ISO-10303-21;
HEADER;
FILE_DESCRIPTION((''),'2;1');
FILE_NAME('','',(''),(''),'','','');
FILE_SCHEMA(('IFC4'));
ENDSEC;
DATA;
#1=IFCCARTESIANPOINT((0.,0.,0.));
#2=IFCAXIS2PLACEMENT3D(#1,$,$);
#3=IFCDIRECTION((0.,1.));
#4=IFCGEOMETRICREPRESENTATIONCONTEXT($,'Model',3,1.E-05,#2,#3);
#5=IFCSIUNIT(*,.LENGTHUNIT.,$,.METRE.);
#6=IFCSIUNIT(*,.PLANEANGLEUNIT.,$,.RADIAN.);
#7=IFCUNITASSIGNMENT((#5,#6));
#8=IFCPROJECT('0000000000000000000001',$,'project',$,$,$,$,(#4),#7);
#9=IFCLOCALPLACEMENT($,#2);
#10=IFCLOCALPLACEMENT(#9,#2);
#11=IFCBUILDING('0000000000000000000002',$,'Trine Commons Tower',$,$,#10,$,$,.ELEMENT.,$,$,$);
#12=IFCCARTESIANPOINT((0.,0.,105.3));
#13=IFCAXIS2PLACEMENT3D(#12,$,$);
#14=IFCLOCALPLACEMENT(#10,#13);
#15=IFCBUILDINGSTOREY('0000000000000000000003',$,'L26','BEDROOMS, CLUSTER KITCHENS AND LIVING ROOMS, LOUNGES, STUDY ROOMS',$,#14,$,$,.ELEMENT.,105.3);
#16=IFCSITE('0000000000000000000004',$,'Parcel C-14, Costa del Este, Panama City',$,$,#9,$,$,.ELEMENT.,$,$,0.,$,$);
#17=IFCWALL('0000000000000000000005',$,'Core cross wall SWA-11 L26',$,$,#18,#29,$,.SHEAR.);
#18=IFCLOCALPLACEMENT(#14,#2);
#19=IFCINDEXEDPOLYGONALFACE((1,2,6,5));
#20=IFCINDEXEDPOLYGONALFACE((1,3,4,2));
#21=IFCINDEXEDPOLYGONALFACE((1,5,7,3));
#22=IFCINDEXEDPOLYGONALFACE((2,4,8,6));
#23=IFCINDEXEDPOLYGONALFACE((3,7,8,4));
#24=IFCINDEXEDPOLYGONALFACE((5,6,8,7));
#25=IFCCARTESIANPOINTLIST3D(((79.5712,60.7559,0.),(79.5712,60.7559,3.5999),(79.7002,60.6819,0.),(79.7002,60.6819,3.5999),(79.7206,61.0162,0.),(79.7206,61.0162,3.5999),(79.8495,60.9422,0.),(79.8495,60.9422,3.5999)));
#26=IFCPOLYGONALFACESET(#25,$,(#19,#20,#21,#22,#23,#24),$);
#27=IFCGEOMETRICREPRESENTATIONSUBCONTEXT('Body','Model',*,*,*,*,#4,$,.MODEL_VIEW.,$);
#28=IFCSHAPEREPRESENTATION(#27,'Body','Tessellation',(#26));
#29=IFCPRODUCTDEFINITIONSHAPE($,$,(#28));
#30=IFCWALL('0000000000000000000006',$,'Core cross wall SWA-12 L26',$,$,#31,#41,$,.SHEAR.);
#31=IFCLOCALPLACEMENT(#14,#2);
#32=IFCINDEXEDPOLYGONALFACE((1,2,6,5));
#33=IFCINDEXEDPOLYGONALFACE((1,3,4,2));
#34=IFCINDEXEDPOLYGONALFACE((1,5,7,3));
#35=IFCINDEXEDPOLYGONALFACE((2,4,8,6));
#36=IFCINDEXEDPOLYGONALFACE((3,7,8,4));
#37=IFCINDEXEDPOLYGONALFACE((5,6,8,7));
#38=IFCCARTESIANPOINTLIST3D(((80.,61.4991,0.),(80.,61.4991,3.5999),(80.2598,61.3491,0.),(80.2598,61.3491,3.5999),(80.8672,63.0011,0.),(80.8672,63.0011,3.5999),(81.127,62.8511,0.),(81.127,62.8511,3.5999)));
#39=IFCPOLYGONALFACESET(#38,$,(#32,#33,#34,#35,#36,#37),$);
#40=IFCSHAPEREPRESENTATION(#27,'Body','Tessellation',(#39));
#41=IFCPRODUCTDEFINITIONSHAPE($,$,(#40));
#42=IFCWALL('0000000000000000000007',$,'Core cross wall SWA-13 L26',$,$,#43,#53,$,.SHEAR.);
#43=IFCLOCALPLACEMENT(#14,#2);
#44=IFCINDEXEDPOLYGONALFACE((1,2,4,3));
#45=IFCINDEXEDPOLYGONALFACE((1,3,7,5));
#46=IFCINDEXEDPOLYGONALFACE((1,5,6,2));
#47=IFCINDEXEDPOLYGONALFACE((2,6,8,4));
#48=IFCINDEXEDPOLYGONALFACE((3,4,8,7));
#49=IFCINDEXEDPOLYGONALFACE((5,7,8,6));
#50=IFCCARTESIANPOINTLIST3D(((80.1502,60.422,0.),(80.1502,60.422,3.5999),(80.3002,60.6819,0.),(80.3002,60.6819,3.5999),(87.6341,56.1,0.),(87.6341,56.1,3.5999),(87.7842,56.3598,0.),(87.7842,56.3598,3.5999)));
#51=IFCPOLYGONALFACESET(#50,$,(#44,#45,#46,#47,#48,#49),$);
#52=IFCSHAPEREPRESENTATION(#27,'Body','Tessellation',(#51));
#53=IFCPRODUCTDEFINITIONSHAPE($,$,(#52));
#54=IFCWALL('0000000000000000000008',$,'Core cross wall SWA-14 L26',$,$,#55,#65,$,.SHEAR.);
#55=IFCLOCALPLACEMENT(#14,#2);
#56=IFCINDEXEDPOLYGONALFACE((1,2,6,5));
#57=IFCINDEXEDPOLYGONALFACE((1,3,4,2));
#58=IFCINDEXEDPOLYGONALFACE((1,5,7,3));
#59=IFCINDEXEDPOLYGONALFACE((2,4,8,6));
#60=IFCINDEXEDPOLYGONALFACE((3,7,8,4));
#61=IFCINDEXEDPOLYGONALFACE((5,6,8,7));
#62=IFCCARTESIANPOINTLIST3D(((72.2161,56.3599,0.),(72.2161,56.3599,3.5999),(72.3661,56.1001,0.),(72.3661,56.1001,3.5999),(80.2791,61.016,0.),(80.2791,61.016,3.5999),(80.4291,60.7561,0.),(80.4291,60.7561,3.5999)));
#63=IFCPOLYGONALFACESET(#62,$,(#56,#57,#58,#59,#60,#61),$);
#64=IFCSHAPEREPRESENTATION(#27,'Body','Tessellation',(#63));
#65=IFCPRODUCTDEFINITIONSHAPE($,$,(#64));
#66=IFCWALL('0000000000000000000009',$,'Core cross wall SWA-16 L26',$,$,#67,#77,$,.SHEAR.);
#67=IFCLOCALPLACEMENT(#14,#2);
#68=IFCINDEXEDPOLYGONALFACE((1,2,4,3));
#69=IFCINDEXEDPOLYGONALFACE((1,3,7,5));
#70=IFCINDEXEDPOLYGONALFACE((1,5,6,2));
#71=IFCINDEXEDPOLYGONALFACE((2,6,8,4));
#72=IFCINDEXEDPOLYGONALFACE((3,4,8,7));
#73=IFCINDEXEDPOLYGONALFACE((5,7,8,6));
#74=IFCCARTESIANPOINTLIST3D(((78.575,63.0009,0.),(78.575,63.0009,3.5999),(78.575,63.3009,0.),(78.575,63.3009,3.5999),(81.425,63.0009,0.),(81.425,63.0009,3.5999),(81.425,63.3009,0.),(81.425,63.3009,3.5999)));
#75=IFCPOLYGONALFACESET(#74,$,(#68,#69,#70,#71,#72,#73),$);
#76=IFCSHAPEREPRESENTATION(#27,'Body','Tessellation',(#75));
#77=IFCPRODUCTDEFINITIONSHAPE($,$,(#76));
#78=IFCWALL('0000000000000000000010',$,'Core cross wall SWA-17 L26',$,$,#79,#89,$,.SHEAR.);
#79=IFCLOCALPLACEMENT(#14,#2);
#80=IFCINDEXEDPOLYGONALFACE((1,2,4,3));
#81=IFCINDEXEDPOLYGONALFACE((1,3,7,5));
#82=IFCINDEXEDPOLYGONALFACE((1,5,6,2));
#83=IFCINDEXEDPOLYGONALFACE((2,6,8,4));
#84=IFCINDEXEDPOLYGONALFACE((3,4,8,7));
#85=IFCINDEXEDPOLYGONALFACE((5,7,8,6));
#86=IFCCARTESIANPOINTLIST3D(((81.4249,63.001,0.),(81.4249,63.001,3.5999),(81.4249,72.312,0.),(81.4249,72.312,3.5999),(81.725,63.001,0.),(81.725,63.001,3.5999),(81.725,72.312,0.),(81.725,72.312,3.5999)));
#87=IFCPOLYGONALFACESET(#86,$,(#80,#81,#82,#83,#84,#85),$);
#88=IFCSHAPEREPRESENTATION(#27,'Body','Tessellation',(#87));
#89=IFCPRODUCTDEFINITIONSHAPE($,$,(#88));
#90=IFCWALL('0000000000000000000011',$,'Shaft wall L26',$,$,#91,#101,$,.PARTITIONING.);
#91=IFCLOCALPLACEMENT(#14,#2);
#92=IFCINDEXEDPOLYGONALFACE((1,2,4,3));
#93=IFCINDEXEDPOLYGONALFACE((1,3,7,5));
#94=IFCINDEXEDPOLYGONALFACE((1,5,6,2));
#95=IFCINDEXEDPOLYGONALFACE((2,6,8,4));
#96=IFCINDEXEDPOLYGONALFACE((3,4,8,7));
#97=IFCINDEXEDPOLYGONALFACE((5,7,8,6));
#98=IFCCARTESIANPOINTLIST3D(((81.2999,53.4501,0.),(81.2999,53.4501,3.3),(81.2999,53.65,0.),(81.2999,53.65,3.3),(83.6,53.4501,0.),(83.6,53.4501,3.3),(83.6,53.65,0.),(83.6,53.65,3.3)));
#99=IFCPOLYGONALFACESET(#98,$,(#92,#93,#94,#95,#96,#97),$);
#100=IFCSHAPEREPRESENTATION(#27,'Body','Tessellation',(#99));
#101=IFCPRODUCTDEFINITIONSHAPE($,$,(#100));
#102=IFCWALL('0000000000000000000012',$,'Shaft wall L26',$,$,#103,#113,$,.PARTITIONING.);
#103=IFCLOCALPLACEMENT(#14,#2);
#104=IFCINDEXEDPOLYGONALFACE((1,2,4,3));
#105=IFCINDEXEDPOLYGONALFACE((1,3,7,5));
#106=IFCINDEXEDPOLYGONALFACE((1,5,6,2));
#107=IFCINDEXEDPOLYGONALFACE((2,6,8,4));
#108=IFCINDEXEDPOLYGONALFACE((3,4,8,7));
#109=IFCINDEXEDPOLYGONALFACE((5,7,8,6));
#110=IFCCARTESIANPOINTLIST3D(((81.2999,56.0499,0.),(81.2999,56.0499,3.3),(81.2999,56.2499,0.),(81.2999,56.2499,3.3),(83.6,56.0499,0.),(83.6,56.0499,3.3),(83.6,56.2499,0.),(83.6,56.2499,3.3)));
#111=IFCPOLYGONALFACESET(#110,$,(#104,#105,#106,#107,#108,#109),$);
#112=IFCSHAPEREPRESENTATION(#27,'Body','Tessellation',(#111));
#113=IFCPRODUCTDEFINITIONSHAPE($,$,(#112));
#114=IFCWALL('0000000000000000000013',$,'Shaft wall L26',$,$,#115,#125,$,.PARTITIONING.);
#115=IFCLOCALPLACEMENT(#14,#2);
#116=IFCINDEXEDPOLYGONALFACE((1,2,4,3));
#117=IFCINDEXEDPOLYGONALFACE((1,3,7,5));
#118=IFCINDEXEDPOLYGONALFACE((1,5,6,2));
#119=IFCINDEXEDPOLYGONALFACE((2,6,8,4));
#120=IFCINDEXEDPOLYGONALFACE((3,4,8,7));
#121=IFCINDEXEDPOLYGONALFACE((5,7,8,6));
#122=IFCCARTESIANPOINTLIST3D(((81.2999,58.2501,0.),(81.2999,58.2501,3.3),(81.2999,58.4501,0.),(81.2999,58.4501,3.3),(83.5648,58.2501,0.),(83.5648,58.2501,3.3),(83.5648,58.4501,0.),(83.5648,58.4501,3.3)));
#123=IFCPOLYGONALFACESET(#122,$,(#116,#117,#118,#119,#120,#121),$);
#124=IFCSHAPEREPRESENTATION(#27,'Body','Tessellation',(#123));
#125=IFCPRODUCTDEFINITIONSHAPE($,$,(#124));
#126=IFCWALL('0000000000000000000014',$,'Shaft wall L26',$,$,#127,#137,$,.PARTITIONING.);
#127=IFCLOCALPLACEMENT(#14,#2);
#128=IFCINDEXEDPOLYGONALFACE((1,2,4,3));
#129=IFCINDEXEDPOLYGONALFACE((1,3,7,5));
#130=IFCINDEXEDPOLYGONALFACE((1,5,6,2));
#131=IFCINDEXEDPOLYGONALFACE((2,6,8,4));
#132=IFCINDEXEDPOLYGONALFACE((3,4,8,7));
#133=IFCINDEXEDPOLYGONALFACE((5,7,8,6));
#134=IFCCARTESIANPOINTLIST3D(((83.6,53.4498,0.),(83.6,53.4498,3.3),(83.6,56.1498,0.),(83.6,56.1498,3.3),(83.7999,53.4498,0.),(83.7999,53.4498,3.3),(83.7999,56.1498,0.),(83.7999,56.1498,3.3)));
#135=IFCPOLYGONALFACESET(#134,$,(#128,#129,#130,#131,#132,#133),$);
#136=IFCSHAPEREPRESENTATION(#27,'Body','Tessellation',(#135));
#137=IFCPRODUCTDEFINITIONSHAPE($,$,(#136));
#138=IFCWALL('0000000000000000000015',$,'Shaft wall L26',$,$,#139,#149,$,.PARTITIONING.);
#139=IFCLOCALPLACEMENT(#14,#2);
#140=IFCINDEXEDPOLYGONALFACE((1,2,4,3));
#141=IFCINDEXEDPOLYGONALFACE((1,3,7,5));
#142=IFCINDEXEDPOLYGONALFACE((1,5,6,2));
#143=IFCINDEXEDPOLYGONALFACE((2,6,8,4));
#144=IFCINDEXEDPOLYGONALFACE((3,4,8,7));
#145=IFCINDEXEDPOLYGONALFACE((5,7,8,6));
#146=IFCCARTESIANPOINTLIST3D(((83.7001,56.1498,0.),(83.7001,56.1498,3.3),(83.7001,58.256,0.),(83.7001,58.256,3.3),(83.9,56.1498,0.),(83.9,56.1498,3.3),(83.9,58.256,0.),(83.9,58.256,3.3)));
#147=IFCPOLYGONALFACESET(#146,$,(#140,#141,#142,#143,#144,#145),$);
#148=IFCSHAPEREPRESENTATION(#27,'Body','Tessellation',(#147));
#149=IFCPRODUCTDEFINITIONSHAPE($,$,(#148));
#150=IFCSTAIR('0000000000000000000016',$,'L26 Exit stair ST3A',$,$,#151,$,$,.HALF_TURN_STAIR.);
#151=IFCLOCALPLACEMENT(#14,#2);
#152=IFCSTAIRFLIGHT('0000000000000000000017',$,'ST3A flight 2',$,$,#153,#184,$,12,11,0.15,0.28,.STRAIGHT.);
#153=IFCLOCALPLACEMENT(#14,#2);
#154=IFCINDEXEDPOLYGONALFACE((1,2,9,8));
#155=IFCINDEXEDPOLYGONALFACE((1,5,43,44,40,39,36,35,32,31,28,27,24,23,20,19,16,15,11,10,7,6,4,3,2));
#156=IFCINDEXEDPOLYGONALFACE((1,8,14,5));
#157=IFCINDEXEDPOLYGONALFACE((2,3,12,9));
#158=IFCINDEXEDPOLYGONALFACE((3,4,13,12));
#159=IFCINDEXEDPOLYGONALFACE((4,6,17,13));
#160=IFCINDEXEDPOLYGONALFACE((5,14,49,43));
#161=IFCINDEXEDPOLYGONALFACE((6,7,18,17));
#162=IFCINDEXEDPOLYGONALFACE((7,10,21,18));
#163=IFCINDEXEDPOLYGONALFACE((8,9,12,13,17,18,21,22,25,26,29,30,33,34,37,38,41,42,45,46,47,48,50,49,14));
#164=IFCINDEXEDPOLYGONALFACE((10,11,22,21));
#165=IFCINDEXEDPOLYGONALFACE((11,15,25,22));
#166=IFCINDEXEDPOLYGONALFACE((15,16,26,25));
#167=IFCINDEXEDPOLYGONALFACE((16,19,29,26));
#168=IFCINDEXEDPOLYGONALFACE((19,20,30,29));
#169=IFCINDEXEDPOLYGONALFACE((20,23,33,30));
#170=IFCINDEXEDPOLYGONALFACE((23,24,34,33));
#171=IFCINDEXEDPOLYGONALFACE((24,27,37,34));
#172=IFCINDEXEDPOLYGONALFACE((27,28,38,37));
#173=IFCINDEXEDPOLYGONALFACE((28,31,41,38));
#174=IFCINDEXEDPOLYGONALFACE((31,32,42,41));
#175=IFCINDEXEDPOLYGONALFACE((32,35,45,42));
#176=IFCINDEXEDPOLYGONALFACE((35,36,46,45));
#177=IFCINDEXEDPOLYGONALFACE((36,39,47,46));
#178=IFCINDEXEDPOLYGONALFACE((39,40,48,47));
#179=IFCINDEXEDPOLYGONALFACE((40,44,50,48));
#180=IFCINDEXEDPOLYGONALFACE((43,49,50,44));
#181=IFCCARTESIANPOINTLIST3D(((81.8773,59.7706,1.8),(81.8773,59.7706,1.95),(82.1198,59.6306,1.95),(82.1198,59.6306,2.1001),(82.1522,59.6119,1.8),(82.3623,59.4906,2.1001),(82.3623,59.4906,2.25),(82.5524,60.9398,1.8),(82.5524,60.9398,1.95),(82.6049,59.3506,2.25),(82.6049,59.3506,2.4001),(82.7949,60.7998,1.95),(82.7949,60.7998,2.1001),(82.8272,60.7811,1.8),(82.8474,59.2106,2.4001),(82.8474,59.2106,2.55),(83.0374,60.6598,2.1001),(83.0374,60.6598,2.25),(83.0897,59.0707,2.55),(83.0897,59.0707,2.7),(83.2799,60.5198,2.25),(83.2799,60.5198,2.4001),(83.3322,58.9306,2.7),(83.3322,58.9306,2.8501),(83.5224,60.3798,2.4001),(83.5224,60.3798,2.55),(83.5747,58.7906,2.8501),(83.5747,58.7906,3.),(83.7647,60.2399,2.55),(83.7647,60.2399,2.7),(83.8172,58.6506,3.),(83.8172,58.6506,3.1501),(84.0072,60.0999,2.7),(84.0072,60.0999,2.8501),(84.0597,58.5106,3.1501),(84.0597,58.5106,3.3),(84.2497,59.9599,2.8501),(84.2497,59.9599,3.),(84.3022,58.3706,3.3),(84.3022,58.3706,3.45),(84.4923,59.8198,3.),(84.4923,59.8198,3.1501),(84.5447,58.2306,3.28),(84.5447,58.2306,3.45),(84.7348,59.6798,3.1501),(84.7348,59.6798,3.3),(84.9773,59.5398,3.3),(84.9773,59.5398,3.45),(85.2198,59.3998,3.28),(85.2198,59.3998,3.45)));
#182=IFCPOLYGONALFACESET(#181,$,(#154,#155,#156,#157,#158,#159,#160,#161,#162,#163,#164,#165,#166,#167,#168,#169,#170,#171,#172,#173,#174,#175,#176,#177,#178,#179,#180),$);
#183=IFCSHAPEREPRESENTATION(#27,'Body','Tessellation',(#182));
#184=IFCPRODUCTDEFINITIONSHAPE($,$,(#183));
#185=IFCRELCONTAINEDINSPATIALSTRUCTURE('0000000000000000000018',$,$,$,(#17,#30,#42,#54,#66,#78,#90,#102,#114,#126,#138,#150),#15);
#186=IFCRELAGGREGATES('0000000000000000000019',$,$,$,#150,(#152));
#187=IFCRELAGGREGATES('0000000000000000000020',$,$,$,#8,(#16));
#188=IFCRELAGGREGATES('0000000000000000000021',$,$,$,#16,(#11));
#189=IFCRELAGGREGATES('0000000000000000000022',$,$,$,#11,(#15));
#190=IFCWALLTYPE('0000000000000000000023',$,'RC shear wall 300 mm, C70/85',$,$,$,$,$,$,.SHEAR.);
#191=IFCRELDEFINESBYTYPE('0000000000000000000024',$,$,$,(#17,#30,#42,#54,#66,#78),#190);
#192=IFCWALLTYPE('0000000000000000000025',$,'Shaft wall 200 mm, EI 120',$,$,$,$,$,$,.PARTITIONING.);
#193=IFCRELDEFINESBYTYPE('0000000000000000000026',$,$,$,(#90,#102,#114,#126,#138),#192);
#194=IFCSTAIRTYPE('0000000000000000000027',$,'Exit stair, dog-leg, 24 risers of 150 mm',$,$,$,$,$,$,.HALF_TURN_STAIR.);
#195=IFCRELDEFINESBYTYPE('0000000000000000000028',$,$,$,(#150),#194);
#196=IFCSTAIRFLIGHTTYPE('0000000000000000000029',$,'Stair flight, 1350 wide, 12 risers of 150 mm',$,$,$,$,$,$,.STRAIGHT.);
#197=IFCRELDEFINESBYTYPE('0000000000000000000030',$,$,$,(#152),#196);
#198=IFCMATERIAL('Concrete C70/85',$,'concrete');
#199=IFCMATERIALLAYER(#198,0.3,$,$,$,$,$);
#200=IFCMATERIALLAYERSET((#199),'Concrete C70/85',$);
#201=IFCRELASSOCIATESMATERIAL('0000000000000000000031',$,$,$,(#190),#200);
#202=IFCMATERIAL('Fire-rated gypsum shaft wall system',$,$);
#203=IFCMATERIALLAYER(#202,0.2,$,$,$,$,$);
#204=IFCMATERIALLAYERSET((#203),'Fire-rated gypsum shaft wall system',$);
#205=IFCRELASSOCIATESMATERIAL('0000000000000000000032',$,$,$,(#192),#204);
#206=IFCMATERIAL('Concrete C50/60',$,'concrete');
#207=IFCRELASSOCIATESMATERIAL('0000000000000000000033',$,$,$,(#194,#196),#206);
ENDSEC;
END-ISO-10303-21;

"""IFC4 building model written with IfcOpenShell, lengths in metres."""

from ifc_helpers import new_model, si_unit, direction, frame, frame_2d, origin, place, context, subcontext, project, spatial, polyline, rectangle, outline, extrude, material, layer, layer_set, type_object, element, aggregate, save


model = new_model("IFC4")

# Units and contexts
model_context = context("Model", 3, precision=1e-05, world=origin(), true_north=direction((0.0, 1.0)))
body_context = subcontext(model_context, "Body", "Model", "MODEL_VIEW")
ifc_project = project(units=[si_unit("LENGTHUNIT", "METRE"), si_unit("PLANEANGLEUNIT", "RADIAN")], contexts=[model_context])

# Site, building, storey
site_placement = place(None, origin())
site = spatial("IfcSite", under=ifc_project, at=site_placement, Name="Parcel C-14, Costa del Este, Panama City", CompositionType="ELEMENT", RefElevation=0.0)
building_placement = place(site_placement, origin())
building = spatial("IfcBuilding", under=site, at=building_placement, Name="Trine Commons Tower", CompositionType="ELEMENT")
storey_placement = place(building_placement, frame((0.0, 0.0, 105.3)))
storey = spatial("IfcBuildingStorey", under=building, at=storey_placement, Name="L26", Description="BEDROOMS, CLUSTER KITCHENS AND LIVING ROOMS, LOUNGES, STUDY ROOMS", CompositionType="ELEMENT", Elevation=105.3)

# Shared definitions
ifc_material_1 = material(Name="Fire-rated gypsum shaft wall system")
ifc_material_2 = material(Name="Concrete C70/85", Category="concrete")

# Shared definitions
ifc_layer_1 = layer(ifc_material_2, 0.3)
ifc_layer_set_1 = layer_set([ifc_layer_1], Name="Concrete C70/85")
wall_type_1 = type_object("IfcWallType", Name="RC shear wall 300 mm, C70/85", PredefinedType="SHEAR", material=ifc_layer_set_1)

# Walls
wall_1_placement = place(storey_placement, frame((79.646, 60.886, 0.0), z_axis=(0.0, 0.0, 1.0), x_axis=(0.867332, -0.49773, 0.0)))
element("IfcWall", 1, at=wall_1_placement, inside=storey, type_object=wall_type_1, Name="Core cross wall SWA-11 L26", PredefinedType="SHEAR", context=body_context, shape_type="SweptSolid", body=[
    extrude(rectangle(XDim=0.1487, YDim=0.3, at=frame_2d((0.0742, 0.0))), origin(), (0.0, 0.0, 1.0), 3.5999),
])
wall_2_placement = place(storey_placement, frame((80.1299, 61.4241, 0.0), z_axis=(0.0, 0.0, 1.0), x_axis=(0.500015, 0.866017, 0.0)))
element("IfcWall", 2, at=wall_2_placement, inside=storey, type_object=wall_type_1, Name="Core cross wall SWA-12 L26", PredefinedType="SHEAR", context=body_context, shape_type="SweptSolid", body=[
    extrude(rectangle(XDim=1.7344, YDim=0.3, at=frame_2d((0.8672, 0.0))), origin(), (0.0, 0.0, 1.0), 3.5999),
])
wall_3_placement = place(storey_placement, frame((80.2251, 60.552, 0.0), z_axis=(0.0, 0.0, 1.0), x_axis=(0.865965, -0.500104, 0.0)))
element("IfcWall", 3, at=wall_3_placement, inside=storey, type_object=wall_type_1, Name="Core cross wall SWA-13 L26", PredefinedType="SHEAR", context=body_context, shape_type="SweptSolid", body=[
    extrude(rectangle(XDim=8.6423, YDim=0.3, at=frame_2d((4.3213, 0.0))), origin(), (0.0, 0.0, 1.0), 3.5999),
])
wall_4_placement = place(storey_placement, frame((80.354, 60.886, 0.0), z_axis=(0.0, 0.0, 1.0), x_axis=(-0.865986, -0.500067, 0.0)))
element("IfcWall", 4, at=wall_4_placement, inside=storey, type_object=wall_type_1, Name="Core cross wall SWA-14 L26", PredefinedType="SHEAR", context=body_context, shape_type="SweptSolid", body=[
    extrude(rectangle(XDim=9.3108, YDim=0.3, at=frame_2d((4.6553, 0.0))), origin(), (0.0, 0.0, 1.0), 3.5999),
])
wall_5_placement = place(storey_placement, frame((81.425, 63.1509, 0.0), z_axis=(0.0, 0.0, 1.0), x_axis=(-1.0, 0.0, 0.0)))
element("IfcWall", 5, at=wall_5_placement, inside=storey, type_object=wall_type_1, Name="Core cross wall SWA-16 L26", PredefinedType="SHEAR", context=body_context, shape_type="SweptSolid", body=[
    extrude(rectangle(XDim=2.8501, YDim=0.3, at=frame_2d((1.425, 0.0))), origin(), (0.0, 0.0, 1.0), 3.5999),
])
wall_6_placement = place(storey_placement, frame((81.575, 63.001, 0.0), z_axis=(0.0, 0.0, 1.0), x_axis=(0.0, 1.0, 0.0)))
element("IfcWall", 6, at=wall_6_placement, inside=storey, type_object=wall_type_1, Name="Core cross wall SWA-17 L26", PredefinedType="SHEAR", context=body_context, shape_type="SweptSolid", body=[
    extrude(rectangle(XDim=9.311, YDim=0.3, at=frame_2d((4.6555, 0.0))), origin(), (0.0, 0.0, 1.0), 3.5999),
])
ifc_layer_2 = layer(ifc_material_1, 0.2)
ifc_layer_set_2 = layer_set([ifc_layer_2], Name="Fire-rated gypsum shaft wall system")
wall_type_2 = type_object("IfcWallType", Name="Shaft wall 200 mm, EI 120", PredefinedType="PARTITIONING", material=ifc_layer_set_2)
for number, where, z_axis, x_axis, name in (
    (7, (81.3, 53.55, 0.0), (0.0, 0.0, 1.0), (1.0, 0.0, 0.0), "Shaft wall L26"),
    (8, (81.3, 56.1499, 0.0), (0.0, 0.0, 1.0), (1.0, 0.0, 0.0), "Shaft wall L26"),
):
    element("IfcWall", number, at=place(storey_placement, frame(where, z_axis=z_axis, x_axis=x_axis)), inside=storey, type_object=wall_type_2, Name=name, PredefinedType="PARTITIONING", context=body_context, shape_type="SweptSolid", body=[
        extrude(rectangle(XDim=2.3, YDim=0.2, at=frame_2d((1.1499, 0.0))), origin(), (0.0, 0.0, 1.0), 3.3),
    ])
wall_7_placement = place(storey_placement, frame((81.3, 58.3501, 0.0), z_axis=(0.0, 0.0, 1.0), x_axis=(1.0, 0.0, 0.0)))
element("IfcWall", 9, at=wall_7_placement, inside=storey, type_object=wall_type_2, Name="Shaft wall L26", PredefinedType="PARTITIONING", context=body_context, shape_type="SweptSolid", body=[
    extrude(rectangle(XDim=2.2649, YDim=0.2, at=frame_2d((1.1323, 0.0))), origin(), (0.0, 0.0, 1.0), 3.3),
])
wall_8_placement = place(storey_placement, frame((83.7, 56.1499, 0.0), z_axis=(0.0, 0.0, 1.0), x_axis=(0.0, -1.0, 0.0)))
element("IfcWall", 10, at=wall_8_placement, inside=storey, type_object=wall_type_2, Name="Shaft wall L26", PredefinedType="PARTITIONING", context=body_context, shape_type="SweptSolid", body=[
    extrude(rectangle(XDim=2.7, YDim=0.2, at=frame_2d((1.3501, 0.0))), origin(), (0.0, 0.0, 1.0), 3.3),
])
wall_9_placement = place(storey_placement, frame((83.8, 58.2561, 0.0), z_axis=(0.0, 0.0, 1.0), x_axis=(0.0, -1.0, 0.0)))
element("IfcWall", 11, at=wall_9_placement, inside=storey, type_object=wall_type_2, Name="Shaft wall L26", PredefinedType="PARTITIONING", context=body_context, shape_type="SweptSolid", body=[
    extrude(rectangle(XDim=2.1062, YDim=0.2, at=frame_2d((1.0532, 0.0))), origin(), (0.0, 0.0, 1.0), 3.3),
])

# Stair, stair flight
ifc_material_3 = material(Name="Concrete C50/60", Category="concrete")
stair_type = type_object("IfcStairType", Name="Exit stair, dog-leg, 24 risers of 150 mm", PredefinedType="HALF_TURN_STAIR", material=ifc_material_3)
stair_placement = place(storey_placement, origin())
stair = element("IfcStair", 12, at=stair_placement, inside=storey, type_object=stair_type, Name="L26 Exit stair ST3A", PredefinedType="HALF_TURN_STAIR")
stair_flight_type = type_object("IfcStairFlightType", Name="Stair flight, 1350 wide, 12 risers of 150 mm", PredefinedType="STRAIGHT", material=ifc_material_3)
stair_flight_placement = place(storey_placement, frame((82.2148, 60.3552, 1.8), z_axis=(0.0, 0.0, 1.0), x_axis=(0.866025, -0.5, 0.0)))
stair_flight = element("IfcStairFlight", 13, at=stair_flight_placement, type_object=stair_flight_type, Name="ST3A flight 2", NumberOfRisers=12, NumberOfTreads=11, PredefinedType="STRAIGHT", RiserHeight=0.15, TreadLength=0.28, context=body_context, shape_type="SweptSolid", body=[
    extrude(outline(polyline([(0.0, 0.0), (0.0, 0.1499), (0.28, 0.1499), (0.28, 0.3), (0.5601, 0.3), (0.5601, 0.45), (0.8401, 0.45), (0.8401, 0.6001), (1.1201, 0.6001), (1.1201, 0.75), (1.3999, 0.75), (1.3999, 0.8999), (1.6799, 0.8999), (1.6799, 1.05), (1.96, 1.05), (1.96, 1.2), (2.24, 1.2), (2.24, 1.3501), (2.52, 1.3501), (2.52, 1.5), (2.8, 1.5), (2.8, 1.6499), (3.0801, 1.6499), (3.0801, 1.8), (3.0801, 1.48), (0.3174, 0.0), (0.0, 0.0)])), frame((0.0, 0.675, 0.0), z_axis=(0.0, -1.0, 0.0), x_axis=(1.0, 0.0, 0.0)), (0.0, 0.0, 1.0), 1.3501),
])
aggregate(stair, [stair_flight])

save(model, "model.ifc")
